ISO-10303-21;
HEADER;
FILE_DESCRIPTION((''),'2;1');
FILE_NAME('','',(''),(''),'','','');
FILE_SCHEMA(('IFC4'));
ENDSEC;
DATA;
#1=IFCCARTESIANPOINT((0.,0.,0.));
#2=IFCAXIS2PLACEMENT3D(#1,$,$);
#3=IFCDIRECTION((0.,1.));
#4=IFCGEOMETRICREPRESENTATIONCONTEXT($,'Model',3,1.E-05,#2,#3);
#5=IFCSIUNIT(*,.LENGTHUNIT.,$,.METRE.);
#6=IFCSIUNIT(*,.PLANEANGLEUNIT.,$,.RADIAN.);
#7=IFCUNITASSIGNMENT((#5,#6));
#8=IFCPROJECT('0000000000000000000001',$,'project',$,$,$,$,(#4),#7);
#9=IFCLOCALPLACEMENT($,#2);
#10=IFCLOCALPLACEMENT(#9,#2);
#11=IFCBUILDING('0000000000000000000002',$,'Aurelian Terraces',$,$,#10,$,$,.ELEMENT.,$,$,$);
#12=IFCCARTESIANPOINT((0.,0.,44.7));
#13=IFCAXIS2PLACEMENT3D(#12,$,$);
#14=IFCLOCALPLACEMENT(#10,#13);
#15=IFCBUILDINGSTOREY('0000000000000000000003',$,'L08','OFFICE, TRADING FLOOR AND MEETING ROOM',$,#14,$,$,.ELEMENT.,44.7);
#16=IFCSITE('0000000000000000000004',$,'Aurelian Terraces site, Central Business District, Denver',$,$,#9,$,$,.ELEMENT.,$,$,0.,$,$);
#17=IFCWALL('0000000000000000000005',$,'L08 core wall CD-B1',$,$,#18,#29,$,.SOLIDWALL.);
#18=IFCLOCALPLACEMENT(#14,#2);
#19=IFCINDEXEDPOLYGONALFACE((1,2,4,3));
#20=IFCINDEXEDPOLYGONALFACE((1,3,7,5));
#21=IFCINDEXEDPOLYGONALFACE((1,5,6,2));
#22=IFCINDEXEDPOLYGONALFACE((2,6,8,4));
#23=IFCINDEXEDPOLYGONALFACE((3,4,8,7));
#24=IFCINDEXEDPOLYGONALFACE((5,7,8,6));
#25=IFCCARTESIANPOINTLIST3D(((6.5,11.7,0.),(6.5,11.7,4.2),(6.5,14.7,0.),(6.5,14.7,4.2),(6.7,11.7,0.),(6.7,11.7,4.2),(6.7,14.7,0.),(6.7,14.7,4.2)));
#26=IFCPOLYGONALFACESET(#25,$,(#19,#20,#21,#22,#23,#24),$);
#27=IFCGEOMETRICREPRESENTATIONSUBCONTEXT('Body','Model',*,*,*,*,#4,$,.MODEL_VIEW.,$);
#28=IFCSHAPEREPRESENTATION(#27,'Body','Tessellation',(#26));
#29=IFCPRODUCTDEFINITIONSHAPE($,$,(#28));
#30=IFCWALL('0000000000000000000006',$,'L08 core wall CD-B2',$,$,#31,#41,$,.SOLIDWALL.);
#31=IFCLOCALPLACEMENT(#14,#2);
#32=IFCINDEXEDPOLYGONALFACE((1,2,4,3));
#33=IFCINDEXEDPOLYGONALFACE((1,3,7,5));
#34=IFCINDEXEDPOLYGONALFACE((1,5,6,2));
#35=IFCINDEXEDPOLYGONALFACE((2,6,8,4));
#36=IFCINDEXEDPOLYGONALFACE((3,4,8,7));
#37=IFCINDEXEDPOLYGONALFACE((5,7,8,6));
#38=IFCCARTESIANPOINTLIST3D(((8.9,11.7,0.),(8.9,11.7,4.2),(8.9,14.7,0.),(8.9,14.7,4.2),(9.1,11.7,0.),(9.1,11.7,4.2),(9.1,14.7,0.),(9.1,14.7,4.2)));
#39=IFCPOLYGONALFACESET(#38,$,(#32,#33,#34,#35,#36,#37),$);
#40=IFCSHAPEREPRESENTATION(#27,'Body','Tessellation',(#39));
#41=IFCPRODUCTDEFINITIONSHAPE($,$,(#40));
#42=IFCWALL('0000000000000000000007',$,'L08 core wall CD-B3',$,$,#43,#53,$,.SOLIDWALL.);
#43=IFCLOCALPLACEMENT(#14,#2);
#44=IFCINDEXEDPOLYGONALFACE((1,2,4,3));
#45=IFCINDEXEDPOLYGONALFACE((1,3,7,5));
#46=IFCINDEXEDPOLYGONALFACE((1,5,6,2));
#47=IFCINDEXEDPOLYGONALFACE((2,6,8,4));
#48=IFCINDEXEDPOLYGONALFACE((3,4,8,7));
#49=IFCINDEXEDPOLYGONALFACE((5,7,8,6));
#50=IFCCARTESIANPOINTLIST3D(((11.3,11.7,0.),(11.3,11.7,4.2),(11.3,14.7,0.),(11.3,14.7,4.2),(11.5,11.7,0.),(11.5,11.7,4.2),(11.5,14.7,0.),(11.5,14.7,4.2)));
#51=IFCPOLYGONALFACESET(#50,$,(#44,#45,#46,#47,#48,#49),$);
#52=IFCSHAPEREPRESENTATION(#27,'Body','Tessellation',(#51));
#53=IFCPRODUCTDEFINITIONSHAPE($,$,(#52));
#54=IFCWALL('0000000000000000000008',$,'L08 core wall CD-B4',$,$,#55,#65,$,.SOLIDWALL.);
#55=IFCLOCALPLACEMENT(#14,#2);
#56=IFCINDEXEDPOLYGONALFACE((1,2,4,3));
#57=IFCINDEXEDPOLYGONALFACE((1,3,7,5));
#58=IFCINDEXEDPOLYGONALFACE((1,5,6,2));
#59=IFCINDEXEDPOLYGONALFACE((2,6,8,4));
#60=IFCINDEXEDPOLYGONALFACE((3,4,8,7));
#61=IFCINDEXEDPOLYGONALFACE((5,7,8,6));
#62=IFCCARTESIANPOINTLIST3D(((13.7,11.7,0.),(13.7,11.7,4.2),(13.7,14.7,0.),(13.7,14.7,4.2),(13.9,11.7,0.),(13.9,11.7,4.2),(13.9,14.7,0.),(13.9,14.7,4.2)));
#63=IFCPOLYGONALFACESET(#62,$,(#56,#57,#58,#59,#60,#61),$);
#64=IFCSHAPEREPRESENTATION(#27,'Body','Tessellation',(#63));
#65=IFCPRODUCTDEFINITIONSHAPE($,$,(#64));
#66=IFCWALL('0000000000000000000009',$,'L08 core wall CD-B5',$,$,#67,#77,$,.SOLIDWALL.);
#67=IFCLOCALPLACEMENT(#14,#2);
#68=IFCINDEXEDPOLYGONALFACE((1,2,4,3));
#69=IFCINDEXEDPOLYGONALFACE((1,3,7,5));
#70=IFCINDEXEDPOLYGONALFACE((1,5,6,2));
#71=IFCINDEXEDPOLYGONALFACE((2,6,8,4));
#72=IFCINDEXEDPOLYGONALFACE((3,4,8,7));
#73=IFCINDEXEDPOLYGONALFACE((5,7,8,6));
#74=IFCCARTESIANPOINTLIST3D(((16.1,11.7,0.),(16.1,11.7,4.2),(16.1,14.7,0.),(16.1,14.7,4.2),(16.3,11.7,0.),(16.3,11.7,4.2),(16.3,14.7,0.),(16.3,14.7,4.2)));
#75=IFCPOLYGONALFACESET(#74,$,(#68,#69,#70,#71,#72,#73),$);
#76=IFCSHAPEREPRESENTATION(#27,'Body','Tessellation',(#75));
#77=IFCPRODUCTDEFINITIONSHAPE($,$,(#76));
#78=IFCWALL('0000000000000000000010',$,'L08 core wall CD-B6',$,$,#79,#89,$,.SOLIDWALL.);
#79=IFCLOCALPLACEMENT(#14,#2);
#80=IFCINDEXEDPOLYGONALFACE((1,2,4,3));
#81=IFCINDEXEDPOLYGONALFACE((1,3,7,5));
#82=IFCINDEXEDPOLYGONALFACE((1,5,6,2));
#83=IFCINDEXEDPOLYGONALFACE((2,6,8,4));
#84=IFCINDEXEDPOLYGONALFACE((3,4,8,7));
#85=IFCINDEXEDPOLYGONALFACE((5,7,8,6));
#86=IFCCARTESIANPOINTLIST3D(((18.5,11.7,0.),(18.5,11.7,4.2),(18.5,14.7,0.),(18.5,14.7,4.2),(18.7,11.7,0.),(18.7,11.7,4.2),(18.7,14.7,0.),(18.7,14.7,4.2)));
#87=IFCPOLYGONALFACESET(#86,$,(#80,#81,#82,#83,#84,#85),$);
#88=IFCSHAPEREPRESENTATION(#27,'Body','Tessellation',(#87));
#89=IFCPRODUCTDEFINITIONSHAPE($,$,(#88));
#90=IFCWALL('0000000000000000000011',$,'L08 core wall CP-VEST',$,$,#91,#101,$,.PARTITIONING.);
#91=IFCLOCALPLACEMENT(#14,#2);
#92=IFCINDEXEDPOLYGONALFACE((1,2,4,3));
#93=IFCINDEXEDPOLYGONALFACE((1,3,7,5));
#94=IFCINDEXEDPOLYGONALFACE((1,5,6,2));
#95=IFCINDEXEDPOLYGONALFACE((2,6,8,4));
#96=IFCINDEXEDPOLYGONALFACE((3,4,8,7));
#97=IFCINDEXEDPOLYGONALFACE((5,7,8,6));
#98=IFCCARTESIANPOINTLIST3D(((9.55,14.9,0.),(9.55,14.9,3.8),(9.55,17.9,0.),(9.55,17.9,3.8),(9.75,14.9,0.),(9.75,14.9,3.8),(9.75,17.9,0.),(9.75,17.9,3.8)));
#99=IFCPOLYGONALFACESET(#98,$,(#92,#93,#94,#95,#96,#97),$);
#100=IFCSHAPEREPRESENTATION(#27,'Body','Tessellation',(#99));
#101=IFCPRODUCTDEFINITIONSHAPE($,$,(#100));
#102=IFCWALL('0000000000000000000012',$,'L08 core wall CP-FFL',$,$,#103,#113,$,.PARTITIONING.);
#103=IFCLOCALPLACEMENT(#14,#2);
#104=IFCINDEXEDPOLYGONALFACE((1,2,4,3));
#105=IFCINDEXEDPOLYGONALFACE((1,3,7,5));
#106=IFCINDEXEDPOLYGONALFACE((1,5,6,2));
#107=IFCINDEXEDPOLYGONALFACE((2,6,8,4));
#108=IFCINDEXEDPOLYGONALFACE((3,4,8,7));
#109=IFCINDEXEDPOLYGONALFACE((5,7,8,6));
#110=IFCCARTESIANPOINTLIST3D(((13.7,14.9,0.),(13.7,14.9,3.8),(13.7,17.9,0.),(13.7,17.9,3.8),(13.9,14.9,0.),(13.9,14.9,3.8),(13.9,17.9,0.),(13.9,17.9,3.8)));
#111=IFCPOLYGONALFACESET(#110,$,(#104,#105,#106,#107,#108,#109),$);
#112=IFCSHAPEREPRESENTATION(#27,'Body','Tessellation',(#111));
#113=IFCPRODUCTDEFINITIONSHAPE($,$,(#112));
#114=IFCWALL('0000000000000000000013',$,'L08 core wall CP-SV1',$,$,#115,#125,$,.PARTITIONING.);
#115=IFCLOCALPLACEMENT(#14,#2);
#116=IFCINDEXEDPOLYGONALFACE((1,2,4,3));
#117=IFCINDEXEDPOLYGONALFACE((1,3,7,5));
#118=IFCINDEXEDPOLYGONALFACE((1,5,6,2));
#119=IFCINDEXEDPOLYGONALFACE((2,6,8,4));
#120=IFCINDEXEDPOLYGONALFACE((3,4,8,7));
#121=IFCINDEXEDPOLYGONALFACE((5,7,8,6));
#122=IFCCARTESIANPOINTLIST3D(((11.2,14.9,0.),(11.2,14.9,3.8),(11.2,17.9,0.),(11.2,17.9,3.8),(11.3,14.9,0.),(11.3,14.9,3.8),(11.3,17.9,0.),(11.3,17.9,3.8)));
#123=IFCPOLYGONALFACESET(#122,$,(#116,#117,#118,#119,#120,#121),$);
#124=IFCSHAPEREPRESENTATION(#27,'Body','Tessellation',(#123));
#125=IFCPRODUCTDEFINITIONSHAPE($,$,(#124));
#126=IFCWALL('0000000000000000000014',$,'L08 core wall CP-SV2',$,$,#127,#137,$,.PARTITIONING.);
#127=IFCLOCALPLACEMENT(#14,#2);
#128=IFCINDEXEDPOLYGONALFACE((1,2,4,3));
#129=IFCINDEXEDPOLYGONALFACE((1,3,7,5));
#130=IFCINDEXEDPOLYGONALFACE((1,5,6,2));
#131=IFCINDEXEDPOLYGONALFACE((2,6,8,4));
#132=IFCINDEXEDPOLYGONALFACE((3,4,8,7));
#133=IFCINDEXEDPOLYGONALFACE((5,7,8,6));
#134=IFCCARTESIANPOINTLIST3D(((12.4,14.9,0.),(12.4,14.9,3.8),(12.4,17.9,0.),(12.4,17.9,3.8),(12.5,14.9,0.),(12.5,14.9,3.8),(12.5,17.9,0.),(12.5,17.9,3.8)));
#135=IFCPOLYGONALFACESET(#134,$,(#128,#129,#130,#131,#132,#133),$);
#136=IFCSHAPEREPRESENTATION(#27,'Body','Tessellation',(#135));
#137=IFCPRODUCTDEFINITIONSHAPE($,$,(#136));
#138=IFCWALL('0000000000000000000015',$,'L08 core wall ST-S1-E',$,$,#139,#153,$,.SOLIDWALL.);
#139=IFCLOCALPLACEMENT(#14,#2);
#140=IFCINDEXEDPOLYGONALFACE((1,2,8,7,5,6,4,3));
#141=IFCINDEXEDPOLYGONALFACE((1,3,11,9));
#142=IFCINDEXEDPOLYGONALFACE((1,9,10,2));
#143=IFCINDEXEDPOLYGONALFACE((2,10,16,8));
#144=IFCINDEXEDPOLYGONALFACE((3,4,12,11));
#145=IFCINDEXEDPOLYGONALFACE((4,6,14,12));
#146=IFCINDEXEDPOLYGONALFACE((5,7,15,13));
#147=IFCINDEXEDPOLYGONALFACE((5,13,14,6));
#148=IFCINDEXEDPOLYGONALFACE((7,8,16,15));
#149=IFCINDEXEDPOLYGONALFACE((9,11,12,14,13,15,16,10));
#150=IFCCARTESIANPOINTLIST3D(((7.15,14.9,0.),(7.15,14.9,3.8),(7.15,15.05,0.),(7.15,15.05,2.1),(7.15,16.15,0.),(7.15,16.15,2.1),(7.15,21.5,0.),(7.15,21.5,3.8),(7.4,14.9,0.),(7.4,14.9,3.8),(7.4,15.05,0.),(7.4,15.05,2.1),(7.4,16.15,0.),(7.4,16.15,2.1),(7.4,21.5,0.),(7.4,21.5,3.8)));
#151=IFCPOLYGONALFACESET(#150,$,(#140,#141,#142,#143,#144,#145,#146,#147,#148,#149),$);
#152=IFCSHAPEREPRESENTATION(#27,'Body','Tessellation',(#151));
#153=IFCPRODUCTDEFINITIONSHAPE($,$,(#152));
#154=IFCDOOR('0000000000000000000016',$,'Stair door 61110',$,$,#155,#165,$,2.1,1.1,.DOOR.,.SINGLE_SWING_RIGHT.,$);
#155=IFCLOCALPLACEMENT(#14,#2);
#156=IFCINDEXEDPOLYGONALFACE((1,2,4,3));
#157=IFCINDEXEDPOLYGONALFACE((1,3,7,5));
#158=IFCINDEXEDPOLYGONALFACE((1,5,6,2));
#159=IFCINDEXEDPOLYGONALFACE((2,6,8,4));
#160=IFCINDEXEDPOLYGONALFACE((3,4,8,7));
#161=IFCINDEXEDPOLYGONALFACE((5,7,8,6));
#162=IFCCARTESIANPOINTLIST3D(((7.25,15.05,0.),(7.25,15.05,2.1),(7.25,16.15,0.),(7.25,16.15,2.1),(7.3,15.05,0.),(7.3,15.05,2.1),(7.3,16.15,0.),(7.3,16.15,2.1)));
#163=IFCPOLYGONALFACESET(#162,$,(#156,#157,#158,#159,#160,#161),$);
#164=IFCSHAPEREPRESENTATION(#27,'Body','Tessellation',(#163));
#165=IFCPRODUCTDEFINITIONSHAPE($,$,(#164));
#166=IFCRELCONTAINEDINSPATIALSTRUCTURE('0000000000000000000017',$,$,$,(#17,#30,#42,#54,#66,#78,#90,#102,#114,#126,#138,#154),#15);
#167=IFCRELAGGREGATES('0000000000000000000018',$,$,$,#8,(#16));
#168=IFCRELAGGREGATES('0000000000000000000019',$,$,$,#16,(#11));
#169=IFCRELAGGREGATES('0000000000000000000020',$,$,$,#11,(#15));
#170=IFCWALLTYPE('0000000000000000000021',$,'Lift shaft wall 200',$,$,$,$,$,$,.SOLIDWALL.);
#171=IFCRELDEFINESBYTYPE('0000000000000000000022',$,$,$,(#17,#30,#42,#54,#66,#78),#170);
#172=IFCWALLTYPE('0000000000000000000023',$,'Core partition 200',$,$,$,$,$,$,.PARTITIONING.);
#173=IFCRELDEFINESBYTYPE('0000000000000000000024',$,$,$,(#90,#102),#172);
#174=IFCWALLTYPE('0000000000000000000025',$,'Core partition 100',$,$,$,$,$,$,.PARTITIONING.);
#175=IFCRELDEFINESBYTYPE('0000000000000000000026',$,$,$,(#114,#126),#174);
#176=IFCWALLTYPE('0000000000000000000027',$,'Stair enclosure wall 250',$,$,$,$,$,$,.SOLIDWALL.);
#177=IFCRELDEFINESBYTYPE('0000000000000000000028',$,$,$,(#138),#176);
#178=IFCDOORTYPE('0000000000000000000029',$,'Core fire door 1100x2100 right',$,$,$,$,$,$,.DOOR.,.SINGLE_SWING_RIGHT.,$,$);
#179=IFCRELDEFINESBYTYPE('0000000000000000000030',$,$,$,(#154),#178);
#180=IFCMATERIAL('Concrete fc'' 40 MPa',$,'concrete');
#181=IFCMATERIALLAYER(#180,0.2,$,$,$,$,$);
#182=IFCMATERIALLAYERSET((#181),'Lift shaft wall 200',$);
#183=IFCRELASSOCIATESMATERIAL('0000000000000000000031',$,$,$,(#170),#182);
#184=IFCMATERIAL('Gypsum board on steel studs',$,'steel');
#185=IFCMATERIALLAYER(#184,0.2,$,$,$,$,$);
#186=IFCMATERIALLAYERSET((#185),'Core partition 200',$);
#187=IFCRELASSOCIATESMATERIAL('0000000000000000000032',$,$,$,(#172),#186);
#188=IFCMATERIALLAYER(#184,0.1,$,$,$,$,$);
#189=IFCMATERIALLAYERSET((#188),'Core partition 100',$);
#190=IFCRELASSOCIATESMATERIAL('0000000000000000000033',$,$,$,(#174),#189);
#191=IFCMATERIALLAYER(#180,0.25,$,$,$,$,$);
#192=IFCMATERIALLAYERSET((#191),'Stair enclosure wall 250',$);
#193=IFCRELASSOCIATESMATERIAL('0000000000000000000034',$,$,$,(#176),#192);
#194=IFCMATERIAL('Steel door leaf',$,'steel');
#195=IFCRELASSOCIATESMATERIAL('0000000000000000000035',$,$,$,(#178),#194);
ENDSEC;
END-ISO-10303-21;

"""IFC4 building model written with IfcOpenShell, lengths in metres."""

from ifc_helpers import new_model, si_unit, direction, frame, frame_2d, origin, place, context, subcontext, project, spatial, rectangle, extrude, source, transform, mapped, material, layer, layer_set, type_object, element, fill, save


model = new_model("IFC4")

# Units and contexts
model_context = context("Model", 3, precision=1e-05, world=origin(), true_north=direction((0.0, 1.0)))
body_context = subcontext(model_context, "Body", "Model", "MODEL_VIEW")
ifc_project = project(units=[si_unit("LENGTHUNIT", "METRE"), si_unit("PLANEANGLEUNIT", "RADIAN")], contexts=[model_context])

# Site, building, storey
site_placement = place(None, origin())
site = spatial("IfcSite", under=ifc_project, at=site_placement, Name="Aurelian Terraces site, Central Business District, Denver", CompositionType="ELEMENT", RefElevation=0.0)
building_placement = place(site_placement, origin())
building = spatial("IfcBuilding", under=site, at=building_placement, Name="Aurelian Terraces", CompositionType="ELEMENT")
storey_placement = place(building_placement, frame((0.0, 0.0, 44.7)))
storey = spatial("IfcBuildingStorey", under=building, at=storey_placement, Name="L08", Description="OFFICE, TRADING FLOOR AND MEETING ROOM", CompositionType="ELEMENT", Elevation=44.7)

# Walls
ifc_material_1 = material(Name="Concrete fc' 40 MPa", Category="concrete")
ifc_layer_1 = layer(ifc_material_1, 0.2)
ifc_layer_set_1 = layer_set([ifc_layer_1], Name="Lift shaft wall 200")
wall_type_1 = type_object("IfcWallType", Name="Lift shaft wall 200", PredefinedType="SOLIDWALL", material=ifc_layer_set_1)
shared_shape_1 = source(origin(), body_context, "Body", "SweptSolid", [
    extrude(rectangle(XDim=3.0, YDim=0.2, at=frame_2d((1.5, 0.0))), origin(), (0.0, 0.0, 1.0), 4.2),
])
for number, where, z_axis, x_axis, name in (
    (1, (6.6, 11.7, 0.0), (0.0, 0.0, 1.0), (0.0, 1.0, 0.0), "L08 core wall CD-B1"),
    (2, (9.0, 11.7, 0.0), (0.0, 0.0, 1.0), (0.0, 1.0, 0.0), "L08 core wall CD-B2"),
    (3, (11.4, 11.7, 0.0), (0.0, 0.0, 1.0), (0.0, 1.0, 0.0), "L08 core wall CD-B3"),
    (4, (13.8, 11.7, 0.0), (0.0, 0.0, 1.0), (0.0, 1.0, 0.0), "L08 core wall CD-B4"),
    (5, (16.2, 11.7, 0.0), (0.0, 0.0, 1.0), (0.0, 1.0, 0.0), "L08 core wall CD-B5"),
    (6, (18.6, 11.7, 0.0), (0.0, 0.0, 1.0), (0.0, 1.0, 0.0), "L08 core wall CD-B6"),
):
    element("IfcWall", number, at=place(storey_placement, frame(where, z_axis=z_axis, x_axis=x_axis)), inside=storey, type_object=wall_type_1, Name=name, PredefinedType="SOLIDWALL", context=body_context, shape_type="MappedRepresentation", body=[
        mapped(shared_shape_1, transform((0.0, 0.0, 0.0), scale=1.0)),
    ])
ifc_material_2 = material(Name="Gypsum board on steel studs", Category="steel")
ifc_layer_2 = layer(ifc_material_2, 0.2)
ifc_layer_set_2 = layer_set([ifc_layer_2], Name="Core partition 200")
wall_type_2 = type_object("IfcWallType", Name="Core partition 200", PredefinedType="PARTITIONING", material=ifc_layer_set_2)
shared_shape_2 = source(origin(), body_context, "Body", "SweptSolid", [
    extrude(rectangle(XDim=3.0, YDim=0.2, at=frame_2d((1.5, 0.0))), origin(), (0.0, 0.0, 1.0), 3.8),
])
for number, where, z_axis, x_axis, name in (
    (7, (9.65, 14.9, 0.0), (0.0, 0.0, 1.0), (0.0, 1.0, 0.0), "L08 core wall CP-VEST"),
    (8, (13.8, 14.9, 0.0), (0.0, 0.0, 1.0), (0.0, 1.0, 0.0), "L08 core wall CP-FFL"),
):
    element("IfcWall", number, at=place(storey_placement, frame(where, z_axis=z_axis, x_axis=x_axis)), inside=storey, type_object=wall_type_2, Name=name, PredefinedType="PARTITIONING", context=body_context, shape_type="MappedRepresentation", body=[
        mapped(shared_shape_2, transform((0.0, 0.0, 0.0), scale=1.0)),
    ])
ifc_layer_3 = layer(ifc_material_2, 0.1)
ifc_layer_set_3 = layer_set([ifc_layer_3], Name="Core partition 100")
wall_type_3 = type_object("IfcWallType", Name="Core partition 100", PredefinedType="PARTITIONING", material=ifc_layer_set_3)
shared_shape_3 = source(origin(), body_context, "Body", "SweptSolid", [
    extrude(rectangle(XDim=3.0, YDim=0.1, at=frame_2d((1.5, 0.0))), origin(), (0.0, 0.0, 1.0), 3.8),
])
for number, where, z_axis, x_axis, name in (
    (9, (11.25, 14.9, 0.0), (0.0, 0.0, 1.0), (0.0, 1.0, 0.0), "L08 core wall CP-SV1"),
    (10, (12.45, 14.9, 0.0), (0.0, 0.0, 1.0), (0.0, 1.0, 0.0), "L08 core wall CP-SV2"),
):
    element("IfcWall", number, at=place(storey_placement, frame(where, z_axis=z_axis, x_axis=x_axis)), inside=storey, type_object=wall_type_3, Name=name, PredefinedType="PARTITIONING", context=body_context, shape_type="MappedRepresentation", body=[
        mapped(shared_shape_3, transform((0.0, 0.0, 0.0), scale=1.0)),
    ])

# Wall, opening, door
ifc_layer_4 = layer(ifc_material_1, 0.25)
ifc_layer_set_4 = layer_set([ifc_layer_4], Name="Stair enclosure wall 250")
wall_type_4 = type_object("IfcWallType", Name="Stair enclosure wall 250", PredefinedType="SOLIDWALL", material=ifc_layer_set_4)
shared_shape_4 = source(origin(), body_context, "Body", "SweptSolid", [
    extrude(rectangle(XDim=6.6, YDim=0.25, at=frame_2d((3.3, 0.0))), origin(), (0.0, 0.0, 1.0), 3.8),
])
wall_1_placement = place(storey_placement, frame((7.275, 14.9, 0.0), z_axis=(0.0, 0.0, 1.0), x_axis=(0.0, 1.0, 0.0)))
wall_1 = element("IfcWall", 11, at=wall_1_placement, inside=storey, type_object=wall_type_4, Name="L08 core wall ST-S1-E", PredefinedType="SOLIDWALL", context=body_context, shape_type="MappedRepresentation", body=[
    mapped(shared_shape_4, transform((0.0, 0.0, 0.0), scale=1.0)),
])
shared_shape_5 = source(origin(), body_context, "Body", "SweptSolid", [
    extrude(rectangle(XDim=1.1, YDim=2.1, at=frame_2d((0.55, 1.05))), frame((0.0, 0.135, 0.0), z_axis=(0.0, -1.0, 0.0), x_axis=(1.0, 0.0, 0.0)), (0.0, 0.0, 1.0), 0.27),
])
opening_1_placement = place(wall_1_placement, frame((0.15, 0.0, 0.0)))
opening_1 = element("IfcOpeningElement", 12, at=opening_1_placement, cuts=wall_1, PredefinedType="OPENING", context=body_context, shape_type="MappedRepresentation", body=[
    mapped(shared_shape_5, transform((0.0, 0.0, 0.0), scale=1.0)),
])
ifc_material_3 = material(Name="Steel door leaf", Category="steel")
door_type_1 = type_object("IfcDoorType", Name="Core fire door 1100x2100 right", OperationType="SINGLE_SWING_RIGHT", PredefinedType="DOOR", material=ifc_material_3)
shared_shape_6 = source(origin(), body_context, "Body", "SweptSolid", [
    extrude(rectangle(XDim=1.1, YDim=2.1, at=frame_2d((0.55, 1.05))), frame((0.0, 0.025, 0.0), z_axis=(0.0, -1.0, 0.0), x_axis=(1.0, 0.0, 0.0)), (0.0, 0.0, 1.0), 0.05),
])
door_1_placement = place(opening_1_placement, origin())
door_1 = element("IfcDoor", 13, at=door_1_placement, inside=storey, type_object=door_type_1, Name="Stair door 61110", OperationType="SINGLE_SWING_RIGHT", OverallHeight=2.1, OverallWidth=1.1, PredefinedType="DOOR", context=body_context, shape_type="MappedRepresentation", body=[
    mapped(shared_shape_6, transform((0.0, 0.0, 0.0), scale=1.0)),
])
fill(opening_1, door_1)

save(model, "model.ifc")
